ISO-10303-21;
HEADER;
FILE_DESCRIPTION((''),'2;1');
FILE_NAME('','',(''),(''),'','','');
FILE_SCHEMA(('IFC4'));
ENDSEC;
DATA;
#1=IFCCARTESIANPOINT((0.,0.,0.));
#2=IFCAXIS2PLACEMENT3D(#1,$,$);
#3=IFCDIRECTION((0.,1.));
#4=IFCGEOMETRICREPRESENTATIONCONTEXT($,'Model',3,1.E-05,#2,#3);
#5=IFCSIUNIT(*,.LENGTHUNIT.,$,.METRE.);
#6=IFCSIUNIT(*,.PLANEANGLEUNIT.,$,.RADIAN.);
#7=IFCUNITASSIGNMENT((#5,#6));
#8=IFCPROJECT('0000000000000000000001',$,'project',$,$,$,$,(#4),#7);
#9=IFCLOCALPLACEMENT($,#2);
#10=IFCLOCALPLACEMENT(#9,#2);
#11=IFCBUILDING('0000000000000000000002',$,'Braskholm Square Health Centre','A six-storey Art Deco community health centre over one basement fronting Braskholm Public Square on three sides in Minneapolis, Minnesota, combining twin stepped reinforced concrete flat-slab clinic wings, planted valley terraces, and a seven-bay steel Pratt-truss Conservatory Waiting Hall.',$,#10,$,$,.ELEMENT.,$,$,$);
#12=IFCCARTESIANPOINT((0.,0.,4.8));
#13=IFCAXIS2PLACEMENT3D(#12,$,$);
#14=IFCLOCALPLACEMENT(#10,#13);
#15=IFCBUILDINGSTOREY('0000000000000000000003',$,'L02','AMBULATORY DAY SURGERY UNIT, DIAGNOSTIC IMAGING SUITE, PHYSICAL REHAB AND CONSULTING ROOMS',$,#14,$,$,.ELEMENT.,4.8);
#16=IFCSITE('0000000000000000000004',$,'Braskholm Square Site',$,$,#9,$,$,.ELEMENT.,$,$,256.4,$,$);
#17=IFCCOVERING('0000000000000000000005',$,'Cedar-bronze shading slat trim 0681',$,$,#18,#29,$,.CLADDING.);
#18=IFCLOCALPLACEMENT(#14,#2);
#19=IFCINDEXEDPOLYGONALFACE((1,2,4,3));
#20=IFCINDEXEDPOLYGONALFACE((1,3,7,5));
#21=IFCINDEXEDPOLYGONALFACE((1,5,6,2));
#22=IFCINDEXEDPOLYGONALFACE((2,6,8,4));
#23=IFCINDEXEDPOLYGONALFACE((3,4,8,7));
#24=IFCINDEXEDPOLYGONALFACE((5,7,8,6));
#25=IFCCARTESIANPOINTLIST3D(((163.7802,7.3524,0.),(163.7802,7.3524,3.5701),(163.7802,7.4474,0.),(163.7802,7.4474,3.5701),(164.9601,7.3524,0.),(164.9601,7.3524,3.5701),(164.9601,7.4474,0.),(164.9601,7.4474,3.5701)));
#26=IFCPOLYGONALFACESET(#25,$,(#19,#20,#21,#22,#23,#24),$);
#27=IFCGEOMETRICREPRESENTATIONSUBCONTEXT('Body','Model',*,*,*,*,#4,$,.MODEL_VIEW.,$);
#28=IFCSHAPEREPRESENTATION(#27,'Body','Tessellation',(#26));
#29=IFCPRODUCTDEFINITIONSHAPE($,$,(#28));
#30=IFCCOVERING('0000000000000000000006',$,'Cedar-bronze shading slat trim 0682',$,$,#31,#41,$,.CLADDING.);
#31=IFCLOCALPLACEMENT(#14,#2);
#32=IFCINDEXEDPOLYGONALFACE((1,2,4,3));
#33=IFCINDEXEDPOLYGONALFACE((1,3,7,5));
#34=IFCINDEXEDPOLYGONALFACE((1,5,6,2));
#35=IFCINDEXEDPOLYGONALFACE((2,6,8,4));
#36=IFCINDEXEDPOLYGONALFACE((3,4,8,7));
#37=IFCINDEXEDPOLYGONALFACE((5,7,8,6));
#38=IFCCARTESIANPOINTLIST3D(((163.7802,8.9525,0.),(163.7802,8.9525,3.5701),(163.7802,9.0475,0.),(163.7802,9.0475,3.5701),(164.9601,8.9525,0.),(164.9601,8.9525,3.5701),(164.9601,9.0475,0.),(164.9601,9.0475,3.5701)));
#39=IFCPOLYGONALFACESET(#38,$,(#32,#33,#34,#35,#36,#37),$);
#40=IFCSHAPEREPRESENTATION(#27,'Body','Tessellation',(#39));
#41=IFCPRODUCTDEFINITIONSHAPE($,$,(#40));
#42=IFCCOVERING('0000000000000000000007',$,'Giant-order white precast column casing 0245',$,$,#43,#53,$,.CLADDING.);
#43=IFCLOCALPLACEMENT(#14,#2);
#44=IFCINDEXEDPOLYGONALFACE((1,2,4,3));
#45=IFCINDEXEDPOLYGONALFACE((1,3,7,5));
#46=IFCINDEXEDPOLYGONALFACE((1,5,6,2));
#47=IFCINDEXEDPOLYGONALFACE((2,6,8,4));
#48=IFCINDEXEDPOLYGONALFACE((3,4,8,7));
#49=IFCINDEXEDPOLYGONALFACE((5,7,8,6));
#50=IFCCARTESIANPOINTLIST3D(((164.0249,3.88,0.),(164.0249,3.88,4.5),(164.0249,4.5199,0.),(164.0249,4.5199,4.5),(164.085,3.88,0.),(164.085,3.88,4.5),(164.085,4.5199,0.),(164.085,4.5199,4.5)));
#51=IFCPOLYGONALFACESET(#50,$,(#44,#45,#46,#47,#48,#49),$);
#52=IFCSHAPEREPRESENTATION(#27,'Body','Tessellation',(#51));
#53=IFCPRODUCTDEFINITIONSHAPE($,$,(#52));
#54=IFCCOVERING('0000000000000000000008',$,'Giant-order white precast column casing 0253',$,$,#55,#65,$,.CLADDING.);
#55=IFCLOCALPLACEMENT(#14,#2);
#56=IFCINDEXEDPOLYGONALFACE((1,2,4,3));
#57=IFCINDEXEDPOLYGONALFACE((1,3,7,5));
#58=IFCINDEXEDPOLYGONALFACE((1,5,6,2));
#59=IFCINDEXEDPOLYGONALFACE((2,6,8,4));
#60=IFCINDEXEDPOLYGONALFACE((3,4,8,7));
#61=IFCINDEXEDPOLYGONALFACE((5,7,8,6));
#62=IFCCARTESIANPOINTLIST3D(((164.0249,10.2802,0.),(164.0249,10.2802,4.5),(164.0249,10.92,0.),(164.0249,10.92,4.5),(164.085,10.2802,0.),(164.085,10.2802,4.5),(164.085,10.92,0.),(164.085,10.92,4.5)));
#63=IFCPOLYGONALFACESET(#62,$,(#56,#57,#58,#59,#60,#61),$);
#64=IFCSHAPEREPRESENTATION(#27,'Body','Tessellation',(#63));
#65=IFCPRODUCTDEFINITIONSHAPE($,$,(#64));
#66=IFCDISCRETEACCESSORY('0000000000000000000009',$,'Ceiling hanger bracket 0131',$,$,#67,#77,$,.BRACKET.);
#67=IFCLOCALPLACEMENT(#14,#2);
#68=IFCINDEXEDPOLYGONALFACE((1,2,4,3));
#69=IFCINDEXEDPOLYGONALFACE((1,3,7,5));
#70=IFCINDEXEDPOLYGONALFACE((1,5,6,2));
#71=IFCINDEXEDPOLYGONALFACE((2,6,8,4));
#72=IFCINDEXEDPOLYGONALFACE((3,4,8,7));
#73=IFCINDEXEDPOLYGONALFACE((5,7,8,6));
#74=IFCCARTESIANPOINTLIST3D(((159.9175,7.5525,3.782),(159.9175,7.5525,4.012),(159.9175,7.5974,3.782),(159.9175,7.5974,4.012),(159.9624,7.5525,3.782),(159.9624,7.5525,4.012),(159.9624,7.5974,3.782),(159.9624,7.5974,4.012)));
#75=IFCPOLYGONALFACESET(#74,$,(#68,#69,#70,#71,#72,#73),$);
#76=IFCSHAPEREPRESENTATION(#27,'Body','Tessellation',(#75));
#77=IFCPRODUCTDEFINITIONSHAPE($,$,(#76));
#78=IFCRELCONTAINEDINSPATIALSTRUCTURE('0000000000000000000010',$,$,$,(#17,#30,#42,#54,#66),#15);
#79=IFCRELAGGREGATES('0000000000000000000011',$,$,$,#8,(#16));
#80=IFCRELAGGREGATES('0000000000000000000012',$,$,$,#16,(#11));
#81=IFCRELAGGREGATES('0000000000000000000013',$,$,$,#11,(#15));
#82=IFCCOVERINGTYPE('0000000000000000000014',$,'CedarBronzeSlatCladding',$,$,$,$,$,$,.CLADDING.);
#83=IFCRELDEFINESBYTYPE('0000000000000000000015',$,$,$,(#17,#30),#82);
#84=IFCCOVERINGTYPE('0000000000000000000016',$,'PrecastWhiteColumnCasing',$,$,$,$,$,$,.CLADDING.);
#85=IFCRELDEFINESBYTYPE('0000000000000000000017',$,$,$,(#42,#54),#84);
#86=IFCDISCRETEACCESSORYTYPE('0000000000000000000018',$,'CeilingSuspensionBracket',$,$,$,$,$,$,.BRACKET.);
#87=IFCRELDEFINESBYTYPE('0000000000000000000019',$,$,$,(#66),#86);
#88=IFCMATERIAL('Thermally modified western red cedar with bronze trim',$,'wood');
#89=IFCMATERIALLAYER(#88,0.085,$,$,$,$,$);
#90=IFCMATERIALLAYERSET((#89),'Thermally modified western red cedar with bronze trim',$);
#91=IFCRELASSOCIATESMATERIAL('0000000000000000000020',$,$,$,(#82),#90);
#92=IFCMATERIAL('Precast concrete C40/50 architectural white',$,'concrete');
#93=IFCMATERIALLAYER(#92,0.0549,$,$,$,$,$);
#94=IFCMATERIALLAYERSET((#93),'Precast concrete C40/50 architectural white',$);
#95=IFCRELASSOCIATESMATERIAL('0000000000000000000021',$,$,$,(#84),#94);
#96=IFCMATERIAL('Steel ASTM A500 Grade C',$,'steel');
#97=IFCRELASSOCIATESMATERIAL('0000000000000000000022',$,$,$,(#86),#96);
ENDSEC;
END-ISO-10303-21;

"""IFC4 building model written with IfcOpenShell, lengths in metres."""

from ifc_helpers import new_model, si_unit, direction, frame, origin, origin_2d, place, context, subcontext, project, spatial, rectangle, extrude, material, layer, layer_set, type_object, element, save


model = new_model("IFC4")

# Units and contexts
model_context = context("Model", 3, precision=1e-05, world=origin(), true_north=direction((0.0, 1.0)))
body_context = subcontext(model_context, "Body", "Model", "MODEL_VIEW")
ifc_project = project(units=[si_unit("LENGTHUNIT", "METRE"), si_unit("PLANEANGLEUNIT", "RADIAN")], contexts=[model_context])

# Site, building, storey
site_placement = place(None, origin())
site = spatial("IfcSite", under=ifc_project, at=site_placement, Name="Braskholm Square Site", CompositionType="ELEMENT", RefElevation=256.4)
building_placement = place(site_placement, origin())
building = spatial("IfcBuilding", under=site, at=building_placement, Name="Braskholm Square Health Centre", Description="A six-storey Art Deco community health centre over one basement fronting Braskholm Public Square on three sides in Minneapolis, Minnesota, combining twin stepped reinforced concrete flat-slab clinic wings, planted valley terraces, and a seven-bay steel Pratt-truss Conservatory Waiting Hall.", CompositionType="ELEMENT")
storey_placement = place(building_placement, frame((0.0, 0.0, 4.8)))
storey = spatial("IfcBuildingStorey", under=building, at=storey_placement, Name="L02", Description="AMBULATORY DAY SURGERY UNIT, DIAGNOSTIC IMAGING SUITE, PHYSICAL REHAB AND CONSULTING ROOMS", CompositionType="ELEMENT", Elevation=4.8)

# Shared definitions
ifc_material_1 = material(Name="Precast concrete C40/50 architectural white", Category="concrete")

# Shared definitions
ifc_material_2 = material(Name="Thermally modified western red cedar with bronze trim", Category="wood")

# Coverings
ifc_layer_1 = layer(ifc_material_2, 0.085)
ifc_layer_set_1 = layer_set([ifc_layer_1], Name="Thermally modified western red cedar with bronze trim")
covering_type_1 = type_object("IfcCoveringType", Name="CedarBronzeSlatCladding", PredefinedType="CLADDING", material=ifc_layer_set_1)
for number, where, z_axis, x_axis, name in (
    (1, (164.3701, 7.3999, 0.0), (0.0, 0.0, 1.0), (1.0, 0.0, 0.0), "Cedar-bronze shading slat trim 0681"),
    (2, (164.3701, 9.0, 0.0), (0.0, 0.0, 1.0), (1.0, 0.0, 0.0), "Cedar-bronze shading slat trim 0682"),
):
    element("IfcCovering", number, at=place(storey_placement, frame(where, z_axis=z_axis, x_axis=x_axis)), inside=storey, type_object=covering_type_1, Name=name, PredefinedType="CLADDING", context=body_context, shape_type="SweptSolid", body=[
        extrude(rectangle(XDim=1.1799, YDim=0.095, at=origin_2d()), origin(), (0.0, 0.0, 1.0), 3.5701),
    ])
ifc_layer_2 = layer(ifc_material_1, 0.0549)
ifc_layer_set_2 = layer_set([ifc_layer_2], Name="Precast concrete C40/50 architectural white")
covering_type_2 = type_object("IfcCoveringType", Name="PrecastWhiteColumnCasing", PredefinedType="CLADDING", material=ifc_layer_set_2)
for number, where, z_axis, x_axis, name in (
    (3, (164.0549, 4.2, 0.0), (0.0, 0.0, 1.0), (1.0, 0.0, 0.0), "Giant-order white precast column casing 0245"),
    (4, (164.0549, 10.6001, 0.0), (0.0, 0.0, 1.0), (1.0, 0.0, 0.0), "Giant-order white precast column casing 0253"),
):
    element("IfcCovering", number, at=place(storey_placement, frame(where, z_axis=z_axis, x_axis=x_axis)), inside=storey, type_object=covering_type_2, Name=name, PredefinedType="CLADDING", context=body_context, shape_type="SweptSolid", body=[
        extrude(rectangle(XDim=0.0601, YDim=0.6399, at=origin_2d()), origin(), (0.0, 0.0, 1.0), 4.5),
    ])

# Discrete accessory
ifc_material_3 = material(Name="Steel ASTM A500 Grade C", Category="steel")
discrete_accessory_type = type_object("IfcDiscreteAccessoryType", Name="CeilingSuspensionBracket", PredefinedType="BRACKET", material=ifc_material_3)
discrete_accessory_placement = place(storey_placement, frame((159.9399, 7.575, 3.782), z_axis=(0.0, 0.0, 1.0), x_axis=(1.0, 0.0, 0.0)))
element("IfcDiscreteAccessory", 5, at=discrete_accessory_placement, inside=storey, type_object=discrete_accessory_type, Name="Ceiling hanger bracket 0131", PredefinedType="BRACKET", context=body_context, shape_type="SweptSolid", body=[
    extrude(rectangle(XDim=0.0449, YDim=0.0449, at=origin_2d()), origin(), (0.0, 0.0, 1.0), 0.23),
])

save(model, "model.ifc")
